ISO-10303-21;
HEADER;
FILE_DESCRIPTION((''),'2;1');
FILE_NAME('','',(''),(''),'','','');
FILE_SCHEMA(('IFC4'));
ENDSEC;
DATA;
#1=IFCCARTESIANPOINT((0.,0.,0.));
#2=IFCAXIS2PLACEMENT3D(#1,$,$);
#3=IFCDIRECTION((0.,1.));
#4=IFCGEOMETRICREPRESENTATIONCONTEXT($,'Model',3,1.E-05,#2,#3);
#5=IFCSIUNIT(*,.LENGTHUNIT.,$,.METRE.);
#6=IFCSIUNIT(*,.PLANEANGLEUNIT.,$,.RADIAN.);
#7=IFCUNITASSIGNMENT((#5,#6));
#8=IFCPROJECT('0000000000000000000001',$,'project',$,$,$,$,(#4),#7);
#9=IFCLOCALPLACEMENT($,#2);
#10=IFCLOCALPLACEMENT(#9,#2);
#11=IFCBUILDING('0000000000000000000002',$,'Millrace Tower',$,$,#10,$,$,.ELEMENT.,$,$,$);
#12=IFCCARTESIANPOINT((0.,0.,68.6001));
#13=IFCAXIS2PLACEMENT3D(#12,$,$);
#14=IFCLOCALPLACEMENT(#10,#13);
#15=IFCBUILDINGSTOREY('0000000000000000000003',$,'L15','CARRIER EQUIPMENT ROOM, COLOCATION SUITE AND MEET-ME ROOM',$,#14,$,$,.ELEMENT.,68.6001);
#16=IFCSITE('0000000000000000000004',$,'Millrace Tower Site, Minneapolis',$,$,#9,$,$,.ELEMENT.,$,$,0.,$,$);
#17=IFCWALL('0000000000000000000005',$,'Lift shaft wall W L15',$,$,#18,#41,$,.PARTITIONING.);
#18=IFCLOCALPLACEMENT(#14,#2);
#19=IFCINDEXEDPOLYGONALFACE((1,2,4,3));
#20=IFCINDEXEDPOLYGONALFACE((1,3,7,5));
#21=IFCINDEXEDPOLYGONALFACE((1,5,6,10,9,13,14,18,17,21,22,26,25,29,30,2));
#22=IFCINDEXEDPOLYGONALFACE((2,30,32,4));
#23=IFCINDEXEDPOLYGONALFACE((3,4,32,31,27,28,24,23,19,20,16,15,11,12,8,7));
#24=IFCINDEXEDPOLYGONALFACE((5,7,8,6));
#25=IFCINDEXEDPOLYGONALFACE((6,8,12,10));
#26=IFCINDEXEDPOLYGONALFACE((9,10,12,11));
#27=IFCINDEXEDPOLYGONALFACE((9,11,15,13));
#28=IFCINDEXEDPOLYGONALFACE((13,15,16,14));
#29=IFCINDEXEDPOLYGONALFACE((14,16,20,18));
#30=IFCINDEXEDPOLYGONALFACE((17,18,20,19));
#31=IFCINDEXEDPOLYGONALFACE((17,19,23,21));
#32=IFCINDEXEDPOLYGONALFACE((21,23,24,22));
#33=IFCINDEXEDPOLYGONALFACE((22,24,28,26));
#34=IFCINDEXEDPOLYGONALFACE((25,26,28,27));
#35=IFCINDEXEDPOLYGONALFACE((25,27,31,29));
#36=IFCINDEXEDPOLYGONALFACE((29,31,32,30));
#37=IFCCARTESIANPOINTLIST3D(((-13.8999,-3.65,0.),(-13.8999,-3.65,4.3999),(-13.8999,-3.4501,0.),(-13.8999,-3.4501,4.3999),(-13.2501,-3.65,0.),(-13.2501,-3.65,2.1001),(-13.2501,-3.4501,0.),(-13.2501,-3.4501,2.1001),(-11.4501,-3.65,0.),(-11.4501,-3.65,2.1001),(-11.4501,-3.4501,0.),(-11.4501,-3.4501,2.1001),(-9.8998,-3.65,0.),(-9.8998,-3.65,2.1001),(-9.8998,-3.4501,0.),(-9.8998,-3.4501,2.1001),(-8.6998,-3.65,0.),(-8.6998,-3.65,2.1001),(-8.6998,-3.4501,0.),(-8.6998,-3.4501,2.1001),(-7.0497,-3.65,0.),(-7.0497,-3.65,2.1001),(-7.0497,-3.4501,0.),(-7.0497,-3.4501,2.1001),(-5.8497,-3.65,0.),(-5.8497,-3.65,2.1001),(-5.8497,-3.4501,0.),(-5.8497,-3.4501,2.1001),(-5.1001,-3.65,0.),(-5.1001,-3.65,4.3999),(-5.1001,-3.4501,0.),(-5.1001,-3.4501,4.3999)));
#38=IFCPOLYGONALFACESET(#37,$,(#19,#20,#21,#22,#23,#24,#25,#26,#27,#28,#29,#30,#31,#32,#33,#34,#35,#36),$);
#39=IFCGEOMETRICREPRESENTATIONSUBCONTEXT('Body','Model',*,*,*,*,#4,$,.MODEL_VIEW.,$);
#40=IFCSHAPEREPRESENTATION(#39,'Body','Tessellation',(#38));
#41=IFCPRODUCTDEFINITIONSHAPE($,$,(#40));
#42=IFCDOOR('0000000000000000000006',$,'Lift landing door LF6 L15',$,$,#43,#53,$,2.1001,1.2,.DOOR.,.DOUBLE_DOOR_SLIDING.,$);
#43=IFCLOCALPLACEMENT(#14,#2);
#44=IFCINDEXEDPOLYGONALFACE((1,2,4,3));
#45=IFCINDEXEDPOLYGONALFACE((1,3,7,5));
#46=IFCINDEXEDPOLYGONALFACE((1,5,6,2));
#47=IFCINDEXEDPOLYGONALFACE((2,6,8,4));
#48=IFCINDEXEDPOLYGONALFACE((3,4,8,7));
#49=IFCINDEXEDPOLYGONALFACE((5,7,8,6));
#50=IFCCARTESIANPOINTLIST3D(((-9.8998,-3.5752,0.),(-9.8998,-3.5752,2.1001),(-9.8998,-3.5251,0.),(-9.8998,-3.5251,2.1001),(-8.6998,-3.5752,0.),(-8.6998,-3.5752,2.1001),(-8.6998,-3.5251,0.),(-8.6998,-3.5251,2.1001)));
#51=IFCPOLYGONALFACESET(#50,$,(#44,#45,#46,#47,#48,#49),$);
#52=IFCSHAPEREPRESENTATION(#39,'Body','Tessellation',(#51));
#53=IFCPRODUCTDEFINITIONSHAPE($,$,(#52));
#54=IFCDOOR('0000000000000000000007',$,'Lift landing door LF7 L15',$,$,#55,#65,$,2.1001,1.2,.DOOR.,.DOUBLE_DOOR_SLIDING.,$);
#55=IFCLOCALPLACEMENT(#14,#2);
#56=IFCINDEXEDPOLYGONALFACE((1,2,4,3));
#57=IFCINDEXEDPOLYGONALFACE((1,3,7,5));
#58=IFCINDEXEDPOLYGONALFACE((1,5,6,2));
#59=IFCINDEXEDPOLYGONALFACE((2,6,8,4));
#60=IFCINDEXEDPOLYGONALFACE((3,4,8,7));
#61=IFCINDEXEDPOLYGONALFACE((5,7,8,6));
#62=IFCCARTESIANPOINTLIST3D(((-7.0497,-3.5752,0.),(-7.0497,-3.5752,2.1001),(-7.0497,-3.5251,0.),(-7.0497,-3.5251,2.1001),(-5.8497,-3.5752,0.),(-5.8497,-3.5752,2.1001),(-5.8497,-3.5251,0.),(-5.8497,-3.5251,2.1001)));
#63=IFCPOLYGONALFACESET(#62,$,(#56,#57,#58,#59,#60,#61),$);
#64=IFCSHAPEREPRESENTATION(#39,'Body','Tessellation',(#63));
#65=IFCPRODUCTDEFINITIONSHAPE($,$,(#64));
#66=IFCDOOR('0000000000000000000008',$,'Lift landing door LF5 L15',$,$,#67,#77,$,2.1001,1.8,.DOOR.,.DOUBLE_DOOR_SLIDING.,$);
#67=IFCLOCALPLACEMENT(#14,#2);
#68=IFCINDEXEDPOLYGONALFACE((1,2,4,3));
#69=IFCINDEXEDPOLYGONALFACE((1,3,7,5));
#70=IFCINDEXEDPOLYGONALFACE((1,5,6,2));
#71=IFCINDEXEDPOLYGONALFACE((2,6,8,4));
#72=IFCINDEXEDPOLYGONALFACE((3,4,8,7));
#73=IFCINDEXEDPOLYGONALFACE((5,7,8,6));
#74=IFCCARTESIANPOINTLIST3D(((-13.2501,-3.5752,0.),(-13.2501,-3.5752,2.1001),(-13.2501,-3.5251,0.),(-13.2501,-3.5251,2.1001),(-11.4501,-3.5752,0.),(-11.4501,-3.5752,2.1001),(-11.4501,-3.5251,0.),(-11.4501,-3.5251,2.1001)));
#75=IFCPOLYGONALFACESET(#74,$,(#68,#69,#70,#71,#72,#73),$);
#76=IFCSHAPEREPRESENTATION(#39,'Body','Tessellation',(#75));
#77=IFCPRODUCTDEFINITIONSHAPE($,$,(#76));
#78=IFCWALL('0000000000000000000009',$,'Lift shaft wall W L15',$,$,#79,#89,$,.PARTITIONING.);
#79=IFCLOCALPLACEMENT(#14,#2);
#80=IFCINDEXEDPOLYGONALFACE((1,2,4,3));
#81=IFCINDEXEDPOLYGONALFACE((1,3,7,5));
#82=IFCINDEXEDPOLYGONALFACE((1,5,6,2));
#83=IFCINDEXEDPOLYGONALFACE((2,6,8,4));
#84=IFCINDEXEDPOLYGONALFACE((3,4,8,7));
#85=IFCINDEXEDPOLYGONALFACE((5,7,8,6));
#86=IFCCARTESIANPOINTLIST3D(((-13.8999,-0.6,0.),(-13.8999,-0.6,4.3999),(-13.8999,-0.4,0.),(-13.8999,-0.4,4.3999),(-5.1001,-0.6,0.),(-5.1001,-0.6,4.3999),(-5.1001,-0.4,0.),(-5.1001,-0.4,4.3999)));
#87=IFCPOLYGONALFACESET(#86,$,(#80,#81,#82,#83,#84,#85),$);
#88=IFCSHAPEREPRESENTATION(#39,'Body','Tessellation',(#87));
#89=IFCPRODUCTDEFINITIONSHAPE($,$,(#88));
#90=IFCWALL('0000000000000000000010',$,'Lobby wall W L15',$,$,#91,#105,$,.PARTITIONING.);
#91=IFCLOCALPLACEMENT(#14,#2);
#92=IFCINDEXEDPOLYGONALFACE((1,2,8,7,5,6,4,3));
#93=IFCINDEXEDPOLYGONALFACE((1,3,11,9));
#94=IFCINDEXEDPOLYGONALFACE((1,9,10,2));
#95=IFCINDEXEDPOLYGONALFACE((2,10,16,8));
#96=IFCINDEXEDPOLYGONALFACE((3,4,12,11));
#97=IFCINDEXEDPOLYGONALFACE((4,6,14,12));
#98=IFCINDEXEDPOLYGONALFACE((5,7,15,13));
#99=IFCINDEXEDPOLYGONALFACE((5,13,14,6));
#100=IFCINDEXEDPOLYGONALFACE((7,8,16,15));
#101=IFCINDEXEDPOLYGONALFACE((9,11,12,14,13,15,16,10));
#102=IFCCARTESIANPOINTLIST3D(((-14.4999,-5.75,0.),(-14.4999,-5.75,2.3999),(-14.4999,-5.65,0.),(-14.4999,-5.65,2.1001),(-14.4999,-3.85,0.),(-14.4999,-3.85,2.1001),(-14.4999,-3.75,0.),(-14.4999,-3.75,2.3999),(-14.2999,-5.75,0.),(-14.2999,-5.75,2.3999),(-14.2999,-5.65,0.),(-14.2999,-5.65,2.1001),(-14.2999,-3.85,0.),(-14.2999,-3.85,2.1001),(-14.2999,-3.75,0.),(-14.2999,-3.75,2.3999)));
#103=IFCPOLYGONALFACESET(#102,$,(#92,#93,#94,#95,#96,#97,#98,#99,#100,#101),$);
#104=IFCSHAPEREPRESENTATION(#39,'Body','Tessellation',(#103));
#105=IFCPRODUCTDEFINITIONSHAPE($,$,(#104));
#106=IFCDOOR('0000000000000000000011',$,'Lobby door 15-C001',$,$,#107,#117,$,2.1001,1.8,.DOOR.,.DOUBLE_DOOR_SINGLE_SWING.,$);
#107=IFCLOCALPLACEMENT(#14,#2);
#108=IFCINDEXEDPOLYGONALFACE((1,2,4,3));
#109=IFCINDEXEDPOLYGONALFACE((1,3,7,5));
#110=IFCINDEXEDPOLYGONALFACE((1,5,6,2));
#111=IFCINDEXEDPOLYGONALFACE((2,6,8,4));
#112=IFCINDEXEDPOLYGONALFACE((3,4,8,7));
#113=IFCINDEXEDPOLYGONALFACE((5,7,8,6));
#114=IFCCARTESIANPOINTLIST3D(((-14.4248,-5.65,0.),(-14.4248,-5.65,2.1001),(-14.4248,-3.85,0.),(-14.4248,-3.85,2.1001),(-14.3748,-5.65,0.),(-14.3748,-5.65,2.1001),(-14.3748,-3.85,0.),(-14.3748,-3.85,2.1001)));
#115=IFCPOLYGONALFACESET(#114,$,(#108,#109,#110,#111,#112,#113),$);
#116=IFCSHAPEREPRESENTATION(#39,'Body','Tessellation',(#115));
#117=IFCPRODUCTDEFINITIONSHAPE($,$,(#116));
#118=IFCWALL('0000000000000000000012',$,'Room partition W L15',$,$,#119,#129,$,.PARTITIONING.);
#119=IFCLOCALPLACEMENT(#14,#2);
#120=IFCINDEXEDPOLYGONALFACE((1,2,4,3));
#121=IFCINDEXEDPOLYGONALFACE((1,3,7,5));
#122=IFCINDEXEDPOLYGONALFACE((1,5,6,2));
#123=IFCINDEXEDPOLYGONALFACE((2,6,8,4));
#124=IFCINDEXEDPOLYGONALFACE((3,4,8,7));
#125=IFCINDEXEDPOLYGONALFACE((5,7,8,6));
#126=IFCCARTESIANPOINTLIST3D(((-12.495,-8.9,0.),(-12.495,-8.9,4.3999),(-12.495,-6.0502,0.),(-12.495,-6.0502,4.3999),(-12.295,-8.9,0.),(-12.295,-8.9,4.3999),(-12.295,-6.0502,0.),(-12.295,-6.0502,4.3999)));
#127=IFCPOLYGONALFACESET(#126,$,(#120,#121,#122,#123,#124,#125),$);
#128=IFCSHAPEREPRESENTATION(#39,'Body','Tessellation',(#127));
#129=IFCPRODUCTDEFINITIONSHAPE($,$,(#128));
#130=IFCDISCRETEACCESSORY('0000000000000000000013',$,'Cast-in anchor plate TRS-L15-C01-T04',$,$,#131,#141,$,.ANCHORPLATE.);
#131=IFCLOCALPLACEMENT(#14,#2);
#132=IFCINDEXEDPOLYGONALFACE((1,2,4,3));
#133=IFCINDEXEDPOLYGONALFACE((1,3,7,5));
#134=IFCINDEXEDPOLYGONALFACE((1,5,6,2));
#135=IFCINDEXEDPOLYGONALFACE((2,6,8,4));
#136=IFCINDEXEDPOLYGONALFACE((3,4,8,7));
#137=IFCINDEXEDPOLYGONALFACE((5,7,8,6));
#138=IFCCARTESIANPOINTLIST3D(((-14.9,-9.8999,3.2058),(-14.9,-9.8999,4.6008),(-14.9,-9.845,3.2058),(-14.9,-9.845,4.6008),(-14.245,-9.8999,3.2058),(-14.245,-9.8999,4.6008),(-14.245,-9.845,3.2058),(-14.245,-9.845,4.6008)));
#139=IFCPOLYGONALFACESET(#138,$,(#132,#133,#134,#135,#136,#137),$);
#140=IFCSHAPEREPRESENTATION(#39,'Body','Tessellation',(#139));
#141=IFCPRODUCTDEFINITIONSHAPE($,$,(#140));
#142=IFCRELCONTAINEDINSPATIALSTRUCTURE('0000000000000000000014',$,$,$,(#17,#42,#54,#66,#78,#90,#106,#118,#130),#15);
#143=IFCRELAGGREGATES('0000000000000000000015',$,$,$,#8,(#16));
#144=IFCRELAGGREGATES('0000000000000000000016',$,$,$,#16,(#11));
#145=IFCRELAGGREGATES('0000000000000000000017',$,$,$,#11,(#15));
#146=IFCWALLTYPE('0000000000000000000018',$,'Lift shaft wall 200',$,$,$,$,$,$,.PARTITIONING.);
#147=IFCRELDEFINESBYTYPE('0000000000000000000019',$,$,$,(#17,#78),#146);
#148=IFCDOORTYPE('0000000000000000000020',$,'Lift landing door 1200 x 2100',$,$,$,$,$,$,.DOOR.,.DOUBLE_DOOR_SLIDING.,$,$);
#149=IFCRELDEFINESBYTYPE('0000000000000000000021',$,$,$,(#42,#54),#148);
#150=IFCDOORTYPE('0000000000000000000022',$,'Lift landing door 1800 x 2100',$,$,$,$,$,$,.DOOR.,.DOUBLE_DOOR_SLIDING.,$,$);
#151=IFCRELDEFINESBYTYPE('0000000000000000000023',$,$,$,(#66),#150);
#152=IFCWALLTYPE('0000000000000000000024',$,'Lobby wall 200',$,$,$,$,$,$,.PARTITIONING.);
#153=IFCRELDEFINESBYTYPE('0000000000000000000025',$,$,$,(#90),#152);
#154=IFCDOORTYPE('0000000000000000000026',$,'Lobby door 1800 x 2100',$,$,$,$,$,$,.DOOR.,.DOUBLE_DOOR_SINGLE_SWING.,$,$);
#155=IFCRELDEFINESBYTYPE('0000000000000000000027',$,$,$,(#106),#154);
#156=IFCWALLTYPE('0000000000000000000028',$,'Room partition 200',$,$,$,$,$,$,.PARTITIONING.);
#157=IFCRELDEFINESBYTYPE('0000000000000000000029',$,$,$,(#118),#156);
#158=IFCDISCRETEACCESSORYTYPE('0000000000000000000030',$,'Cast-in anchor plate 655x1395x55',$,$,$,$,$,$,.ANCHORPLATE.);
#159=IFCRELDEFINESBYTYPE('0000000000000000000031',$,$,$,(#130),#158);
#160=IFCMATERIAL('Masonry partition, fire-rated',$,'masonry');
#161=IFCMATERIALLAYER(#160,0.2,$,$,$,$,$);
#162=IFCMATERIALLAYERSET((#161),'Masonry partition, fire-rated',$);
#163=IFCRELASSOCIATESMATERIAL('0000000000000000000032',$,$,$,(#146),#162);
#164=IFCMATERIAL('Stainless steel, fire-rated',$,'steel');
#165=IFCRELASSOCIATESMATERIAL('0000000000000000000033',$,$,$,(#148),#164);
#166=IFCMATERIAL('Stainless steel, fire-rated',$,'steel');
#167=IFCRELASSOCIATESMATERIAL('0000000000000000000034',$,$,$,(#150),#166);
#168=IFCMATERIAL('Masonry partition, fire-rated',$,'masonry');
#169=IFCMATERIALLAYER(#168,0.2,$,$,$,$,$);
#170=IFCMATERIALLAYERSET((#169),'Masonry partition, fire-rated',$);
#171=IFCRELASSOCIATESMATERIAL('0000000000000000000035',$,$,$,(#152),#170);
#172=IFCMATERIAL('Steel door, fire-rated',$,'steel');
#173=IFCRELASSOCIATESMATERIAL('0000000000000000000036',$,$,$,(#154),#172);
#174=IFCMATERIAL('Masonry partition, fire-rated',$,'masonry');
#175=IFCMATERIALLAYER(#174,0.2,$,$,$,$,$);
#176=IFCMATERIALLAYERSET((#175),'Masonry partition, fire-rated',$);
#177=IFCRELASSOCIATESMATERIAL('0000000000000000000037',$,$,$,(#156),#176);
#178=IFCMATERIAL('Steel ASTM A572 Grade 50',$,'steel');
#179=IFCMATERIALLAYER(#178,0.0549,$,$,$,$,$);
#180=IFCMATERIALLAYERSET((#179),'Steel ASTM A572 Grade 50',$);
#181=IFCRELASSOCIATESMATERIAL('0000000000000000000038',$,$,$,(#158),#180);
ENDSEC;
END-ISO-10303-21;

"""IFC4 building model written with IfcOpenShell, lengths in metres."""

from ifc_helpers import new_model, si_unit, direction, frame, frame_2d, origin, origin_2d, place, context, subcontext, project, spatial, rectangle, extrude, material, layer, layer_set, type_object, element, fill, save


model = new_model("IFC4")

# Units and contexts
model_context = context("Model", 3, precision=1e-05, world=origin(), true_north=direction((0.0, 1.0)))
body_context = subcontext(model_context, "Body", "Model", "MODEL_VIEW")
ifc_project = project(units=[si_unit("LENGTHUNIT", "METRE"), si_unit("PLANEANGLEUNIT", "RADIAN")], contexts=[model_context])

# Site, building, storey
site_placement = place(None, origin())
site = spatial("IfcSite", under=ifc_project, at=site_placement, Name="Millrace Tower Site, Minneapolis", CompositionType="ELEMENT", RefElevation=0.0)
building_placement = place(site_placement, origin())
building = spatial("IfcBuilding", under=site, at=building_placement, Name="Millrace Tower", CompositionType="ELEMENT")
storey_placement = place(building_placement, frame((0.0, 0.0, 68.6001)))
storey = spatial("IfcBuildingStorey", under=building, at=storey_placement, Name="L15", Description="CARRIER EQUIPMENT ROOM, COLOCATION SUITE AND MEET-ME ROOM", CompositionType="ELEMENT", Elevation=68.6001)

# Wall, openings, doors
ifc_material_1 = material(Name="Masonry partition, fire-rated", Category="masonry")
ifc_layer_1 = layer(ifc_material_1, 0.2)
ifc_layer_set_1 = layer_set([ifc_layer_1], Name="Masonry partition, fire-rated")
wall_type_1 = type_object("IfcWallType", Name="Lift shaft wall 200", PredefinedType="PARTITIONING", material=ifc_layer_set_1)
wall_1_placement = place(storey_placement, frame((-13.8999, -3.55, 0.0), z_axis=(0.0, 0.0, 1.0), x_axis=(1.0, 0.0, 0.0)))
wall_1 = element("IfcWall", 1, at=wall_1_placement, inside=storey, type_object=wall_type_1, Name="Lift shaft wall W L15", PredefinedType="PARTITIONING", context=body_context, shape_type="SweptSolid", body=[
    extrude(rectangle(XDim=8.7998, YDim=0.2, at=frame_2d((4.3999, 0.0))), origin(), (0.0, 0.0, 1.0), 4.3999),
])
opening_1_placement = place(wall_1_placement, frame((0.6499, 0.0, 0.0)))
opening_1 = element("IfcOpeningElement", 2, at=opening_1_placement, cuts=wall_1, PredefinedType="OPENING", context=body_context, shape_type="SweptSolid", body=[
    extrude(rectangle(XDim=1.8, YDim=2.1001, at=frame_2d((0.8999, 1.05))), frame((0.0, 0.1099, 0.0), z_axis=(0.0, -1.0, 0.0), x_axis=(1.0, 0.0, 0.0)), (0.0, 0.0, 1.0), 0.22),
])
opening_2_placement = place(wall_1_placement, frame((4.0, 0.0, 0.0)))
opening_2 = element("IfcOpeningElement", 3, at=opening_2_placement, cuts=wall_1, PredefinedType="OPENING", context=body_context, shape_type="SweptSolid", body=[
    extrude(rectangle(XDim=1.2, YDim=2.1001, at=frame_2d((0.6001, 1.05))), frame((0.0, 0.1099, 0.0), z_axis=(0.0, -1.0, 0.0), x_axis=(1.0, 0.0, 0.0)), (0.0, 0.0, 1.0), 0.22),
])
opening_3_placement = place(wall_1_placement, frame((6.8501, 0.0, 0.0)))
opening_3 = element("IfcOpeningElement", 4, at=opening_3_placement, cuts=wall_1, PredefinedType="OPENING", context=body_context, shape_type="SweptSolid", body=[
    extrude(rectangle(XDim=1.2, YDim=2.1001, at=frame_2d((0.6001, 1.05))), frame((0.0, 0.1099, 0.0), z_axis=(0.0, -1.0, 0.0), x_axis=(1.0, 0.0, 0.0)), (0.0, 0.0, 1.0), 0.22),
])
ifc_material_2 = material(Name="Stainless steel, fire-rated", Category="steel")
door_type_1 = type_object("IfcDoorType", Name="Lift landing door 1200 x 2100", OperationType="DOUBLE_DOOR_SLIDING", PredefinedType="DOOR", material=ifc_material_2)
door_1_placement = place(opening_2_placement, origin())
door_1 = element("IfcDoor", 5, at=door_1_placement, inside=storey, type_object=door_type_1, Name="Lift landing door LF6 L15", OperationType="DOUBLE_DOOR_SLIDING", OverallHeight=2.1001, OverallWidth=1.2, PredefinedType="DOOR", context=body_context, shape_type="SweptSolid", body=[
    extrude(rectangle(XDim=1.2, YDim=2.1001, at=frame_2d((0.6001, 1.05))), frame((0.0, 0.0249, 0.0), z_axis=(0.0, -1.0, 0.0), x_axis=(1.0, 0.0, 0.0)), (0.0, 0.0, 1.0), 0.05),
])
fill(opening_2, door_1)
door_2_placement = place(opening_3_placement, origin())
door_2 = element("IfcDoor", 6, at=door_2_placement, inside=storey, type_object=door_type_1, Name="Lift landing door LF7 L15", OperationType="DOUBLE_DOOR_SLIDING", OverallHeight=2.1001, OverallWidth=1.2, PredefinedType="DOOR", context=body_context, shape_type="SweptSolid", body=[
    extrude(rectangle(XDim=1.2, YDim=2.1001, at=frame_2d((0.6001, 1.05))), frame((0.0, 0.0249, 0.0), z_axis=(0.0, -1.0, 0.0), x_axis=(1.0, 0.0, 0.0)), (0.0, 0.0, 1.0), 0.05),
])
fill(opening_3, door_2)
ifc_material_3 = material(Name="Stainless steel, fire-rated", Category="steel")
door_type_2 = type_object("IfcDoorType", Name="Lift landing door 1800 x 2100", OperationType="DOUBLE_DOOR_SLIDING", PredefinedType="DOOR", material=ifc_material_3)
door_3_placement = place(opening_1_placement, origin())
door_3 = element("IfcDoor", 7, at=door_3_placement, inside=storey, type_object=door_type_2, Name="Lift landing door LF5 L15", OperationType="DOUBLE_DOOR_SLIDING", OverallHeight=2.1001, OverallWidth=1.8, PredefinedType="DOOR", context=body_context, shape_type="SweptSolid", body=[
    extrude(rectangle(XDim=1.8, YDim=2.1001, at=frame_2d((0.8999, 1.05))), frame((0.0, 0.0249, 0.0), z_axis=(0.0, -1.0, 0.0), x_axis=(1.0, 0.0, 0.0)), (0.0, 0.0, 1.0), 0.05),
])
fill(opening_1, door_3)

# Wall
wall_2_placement = place(storey_placement, frame((-13.8999, -0.5, 0.0), z_axis=(0.0, 0.0, 1.0), x_axis=(1.0, 0.0, 0.0)))
element("IfcWall", 8, at=wall_2_placement, inside=storey, type_object=wall_type_1, Name="Lift shaft wall W L15", PredefinedType="PARTITIONING", context=body_context, shape_type="SweptSolid", body=[
    extrude(rectangle(XDim=8.7998, YDim=0.2, at=frame_2d((4.3999, 0.0))), origin(), (0.0, 0.0, 1.0), 4.3999),
])

# Wall, opening, door
ifc_material_4 = material(Name="Masonry partition, fire-rated", Category="masonry")
ifc_layer_2 = layer(ifc_material_4, 0.2)
ifc_layer_set_2 = layer_set([ifc_layer_2], Name="Masonry partition, fire-rated")
wall_type_2 = type_object("IfcWallType", Name="Lobby wall 200", PredefinedType="PARTITIONING", material=ifc_layer_set_2)
wall_3_placement = place(storey_placement, frame((-14.3999, -5.75, 0.0), z_axis=(0.0, 0.0, 1.0), x_axis=(0.0, 1.0, 0.0)))
wall_3 = element("IfcWall", 9, at=wall_3_placement, inside=storey, type_object=wall_type_2, Name="Lobby wall W L15", PredefinedType="PARTITIONING", context=body_context, shape_type="SweptSolid", body=[
    extrude(rectangle(XDim=2.0, YDim=0.2, at=frame_2d((1.0, 0.0))), origin(), (0.0, 0.0, 1.0), 2.3999),
])
opening_4_placement = place(wall_3_placement, frame((0.1001, 0.0, 0.0)))
opening_4 = element("IfcOpeningElement", 10, at=opening_4_placement, cuts=wall_3, PredefinedType="OPENING", context=body_context, shape_type="SweptSolid", body=[
    extrude(rectangle(XDim=1.8, YDim=2.1001, at=frame_2d((0.8999, 1.05))), frame((0.0, 0.1099, 0.0), z_axis=(0.0, -1.0, 0.0), x_axis=(1.0, 0.0, 0.0)), (0.0, 0.0, 1.0), 0.22),
])
ifc_material_5 = material(Name="Steel door, fire-rated", Category="steel")
door_type_3 = type_object("IfcDoorType", Name="Lobby door 1800 x 2100", OperationType="DOUBLE_DOOR_SINGLE_SWING", PredefinedType="DOOR", material=ifc_material_5)
door_4_placement = place(opening_4_placement, origin())
door_4 = element("IfcDoor", 11, at=door_4_placement, inside=storey, type_object=door_type_3, Name="Lobby door 15-C001", OperationType="DOUBLE_DOOR_SINGLE_SWING", OverallHeight=2.1001, OverallWidth=1.8, PredefinedType="DOOR", context=body_context, shape_type="SweptSolid", body=[
    extrude(rectangle(XDim=1.8, YDim=2.1001, at=frame_2d((0.8999, 1.05))), frame((0.0, 0.0249, 0.0), z_axis=(0.0, -1.0, 0.0), x_axis=(1.0, 0.0, 0.0)), (0.0, 0.0, 1.0), 0.05),
])
fill(opening_4, door_4)

# Wall
ifc_material_6 = material(Name="Masonry partition, fire-rated", Category="masonry")
ifc_layer_3 = layer(ifc_material_6, 0.2)
ifc_layer_set_3 = layer_set([ifc_layer_3], Name="Masonry partition, fire-rated")
wall_type_3 = type_object("IfcWallType", Name="Room partition 200", PredefinedType="PARTITIONING", material=ifc_layer_set_3)
wall_4_placement = place(storey_placement, frame((-12.395, -8.8999, 0.0), z_axis=(0.0, 0.0, 1.0), x_axis=(0.0, 1.0, 0.0)))
element("IfcWall", 12, at=wall_4_placement, inside=storey, type_object=wall_type_3, Name="Room partition W L15", PredefinedType="PARTITIONING", context=body_context, shape_type="SweptSolid", body=[
    extrude(rectangle(XDim=2.8499, YDim=0.2, at=frame_2d((1.4248, 0.0))), origin(), (0.0, 0.0, 1.0), 4.3999),
])

# Discrete accessory
ifc_material_7 = material(Name="Steel ASTM A572 Grade 50", Category="steel")
ifc_layer_4 = layer(ifc_material_7, 0.0549)
ifc_layer_set_4 = layer_set([ifc_layer_4], Name="Steel ASTM A572 Grade 50")
discrete_accessory_type = type_object("IfcDiscreteAccessoryType", Name="Cast-in anchor plate 655x1395x55", PredefinedType="ANCHORPLATE", material=ifc_layer_set_4)
discrete_accessory_placement = place(storey_placement, frame((-14.5725, -9.845, 3.9033), z_axis=(0.0, -1.0, 0.0), x_axis=(1.0, 0.0, 0.0)))
element("IfcDiscreteAccessory", 13, at=discrete_accessory_placement, inside=storey, type_object=discrete_accessory_type, Name="Cast-in anchor plate TRS-L15-C01-T04", PredefinedType="ANCHORPLATE", context=body_context, shape_type="SweptSolid", body=[
    extrude(rectangle(XDim=0.655, YDim=1.395, at=origin_2d()), origin(), (0.0, 0.0, 1.0), 0.0549),
])

save(model, "model.ifc")
